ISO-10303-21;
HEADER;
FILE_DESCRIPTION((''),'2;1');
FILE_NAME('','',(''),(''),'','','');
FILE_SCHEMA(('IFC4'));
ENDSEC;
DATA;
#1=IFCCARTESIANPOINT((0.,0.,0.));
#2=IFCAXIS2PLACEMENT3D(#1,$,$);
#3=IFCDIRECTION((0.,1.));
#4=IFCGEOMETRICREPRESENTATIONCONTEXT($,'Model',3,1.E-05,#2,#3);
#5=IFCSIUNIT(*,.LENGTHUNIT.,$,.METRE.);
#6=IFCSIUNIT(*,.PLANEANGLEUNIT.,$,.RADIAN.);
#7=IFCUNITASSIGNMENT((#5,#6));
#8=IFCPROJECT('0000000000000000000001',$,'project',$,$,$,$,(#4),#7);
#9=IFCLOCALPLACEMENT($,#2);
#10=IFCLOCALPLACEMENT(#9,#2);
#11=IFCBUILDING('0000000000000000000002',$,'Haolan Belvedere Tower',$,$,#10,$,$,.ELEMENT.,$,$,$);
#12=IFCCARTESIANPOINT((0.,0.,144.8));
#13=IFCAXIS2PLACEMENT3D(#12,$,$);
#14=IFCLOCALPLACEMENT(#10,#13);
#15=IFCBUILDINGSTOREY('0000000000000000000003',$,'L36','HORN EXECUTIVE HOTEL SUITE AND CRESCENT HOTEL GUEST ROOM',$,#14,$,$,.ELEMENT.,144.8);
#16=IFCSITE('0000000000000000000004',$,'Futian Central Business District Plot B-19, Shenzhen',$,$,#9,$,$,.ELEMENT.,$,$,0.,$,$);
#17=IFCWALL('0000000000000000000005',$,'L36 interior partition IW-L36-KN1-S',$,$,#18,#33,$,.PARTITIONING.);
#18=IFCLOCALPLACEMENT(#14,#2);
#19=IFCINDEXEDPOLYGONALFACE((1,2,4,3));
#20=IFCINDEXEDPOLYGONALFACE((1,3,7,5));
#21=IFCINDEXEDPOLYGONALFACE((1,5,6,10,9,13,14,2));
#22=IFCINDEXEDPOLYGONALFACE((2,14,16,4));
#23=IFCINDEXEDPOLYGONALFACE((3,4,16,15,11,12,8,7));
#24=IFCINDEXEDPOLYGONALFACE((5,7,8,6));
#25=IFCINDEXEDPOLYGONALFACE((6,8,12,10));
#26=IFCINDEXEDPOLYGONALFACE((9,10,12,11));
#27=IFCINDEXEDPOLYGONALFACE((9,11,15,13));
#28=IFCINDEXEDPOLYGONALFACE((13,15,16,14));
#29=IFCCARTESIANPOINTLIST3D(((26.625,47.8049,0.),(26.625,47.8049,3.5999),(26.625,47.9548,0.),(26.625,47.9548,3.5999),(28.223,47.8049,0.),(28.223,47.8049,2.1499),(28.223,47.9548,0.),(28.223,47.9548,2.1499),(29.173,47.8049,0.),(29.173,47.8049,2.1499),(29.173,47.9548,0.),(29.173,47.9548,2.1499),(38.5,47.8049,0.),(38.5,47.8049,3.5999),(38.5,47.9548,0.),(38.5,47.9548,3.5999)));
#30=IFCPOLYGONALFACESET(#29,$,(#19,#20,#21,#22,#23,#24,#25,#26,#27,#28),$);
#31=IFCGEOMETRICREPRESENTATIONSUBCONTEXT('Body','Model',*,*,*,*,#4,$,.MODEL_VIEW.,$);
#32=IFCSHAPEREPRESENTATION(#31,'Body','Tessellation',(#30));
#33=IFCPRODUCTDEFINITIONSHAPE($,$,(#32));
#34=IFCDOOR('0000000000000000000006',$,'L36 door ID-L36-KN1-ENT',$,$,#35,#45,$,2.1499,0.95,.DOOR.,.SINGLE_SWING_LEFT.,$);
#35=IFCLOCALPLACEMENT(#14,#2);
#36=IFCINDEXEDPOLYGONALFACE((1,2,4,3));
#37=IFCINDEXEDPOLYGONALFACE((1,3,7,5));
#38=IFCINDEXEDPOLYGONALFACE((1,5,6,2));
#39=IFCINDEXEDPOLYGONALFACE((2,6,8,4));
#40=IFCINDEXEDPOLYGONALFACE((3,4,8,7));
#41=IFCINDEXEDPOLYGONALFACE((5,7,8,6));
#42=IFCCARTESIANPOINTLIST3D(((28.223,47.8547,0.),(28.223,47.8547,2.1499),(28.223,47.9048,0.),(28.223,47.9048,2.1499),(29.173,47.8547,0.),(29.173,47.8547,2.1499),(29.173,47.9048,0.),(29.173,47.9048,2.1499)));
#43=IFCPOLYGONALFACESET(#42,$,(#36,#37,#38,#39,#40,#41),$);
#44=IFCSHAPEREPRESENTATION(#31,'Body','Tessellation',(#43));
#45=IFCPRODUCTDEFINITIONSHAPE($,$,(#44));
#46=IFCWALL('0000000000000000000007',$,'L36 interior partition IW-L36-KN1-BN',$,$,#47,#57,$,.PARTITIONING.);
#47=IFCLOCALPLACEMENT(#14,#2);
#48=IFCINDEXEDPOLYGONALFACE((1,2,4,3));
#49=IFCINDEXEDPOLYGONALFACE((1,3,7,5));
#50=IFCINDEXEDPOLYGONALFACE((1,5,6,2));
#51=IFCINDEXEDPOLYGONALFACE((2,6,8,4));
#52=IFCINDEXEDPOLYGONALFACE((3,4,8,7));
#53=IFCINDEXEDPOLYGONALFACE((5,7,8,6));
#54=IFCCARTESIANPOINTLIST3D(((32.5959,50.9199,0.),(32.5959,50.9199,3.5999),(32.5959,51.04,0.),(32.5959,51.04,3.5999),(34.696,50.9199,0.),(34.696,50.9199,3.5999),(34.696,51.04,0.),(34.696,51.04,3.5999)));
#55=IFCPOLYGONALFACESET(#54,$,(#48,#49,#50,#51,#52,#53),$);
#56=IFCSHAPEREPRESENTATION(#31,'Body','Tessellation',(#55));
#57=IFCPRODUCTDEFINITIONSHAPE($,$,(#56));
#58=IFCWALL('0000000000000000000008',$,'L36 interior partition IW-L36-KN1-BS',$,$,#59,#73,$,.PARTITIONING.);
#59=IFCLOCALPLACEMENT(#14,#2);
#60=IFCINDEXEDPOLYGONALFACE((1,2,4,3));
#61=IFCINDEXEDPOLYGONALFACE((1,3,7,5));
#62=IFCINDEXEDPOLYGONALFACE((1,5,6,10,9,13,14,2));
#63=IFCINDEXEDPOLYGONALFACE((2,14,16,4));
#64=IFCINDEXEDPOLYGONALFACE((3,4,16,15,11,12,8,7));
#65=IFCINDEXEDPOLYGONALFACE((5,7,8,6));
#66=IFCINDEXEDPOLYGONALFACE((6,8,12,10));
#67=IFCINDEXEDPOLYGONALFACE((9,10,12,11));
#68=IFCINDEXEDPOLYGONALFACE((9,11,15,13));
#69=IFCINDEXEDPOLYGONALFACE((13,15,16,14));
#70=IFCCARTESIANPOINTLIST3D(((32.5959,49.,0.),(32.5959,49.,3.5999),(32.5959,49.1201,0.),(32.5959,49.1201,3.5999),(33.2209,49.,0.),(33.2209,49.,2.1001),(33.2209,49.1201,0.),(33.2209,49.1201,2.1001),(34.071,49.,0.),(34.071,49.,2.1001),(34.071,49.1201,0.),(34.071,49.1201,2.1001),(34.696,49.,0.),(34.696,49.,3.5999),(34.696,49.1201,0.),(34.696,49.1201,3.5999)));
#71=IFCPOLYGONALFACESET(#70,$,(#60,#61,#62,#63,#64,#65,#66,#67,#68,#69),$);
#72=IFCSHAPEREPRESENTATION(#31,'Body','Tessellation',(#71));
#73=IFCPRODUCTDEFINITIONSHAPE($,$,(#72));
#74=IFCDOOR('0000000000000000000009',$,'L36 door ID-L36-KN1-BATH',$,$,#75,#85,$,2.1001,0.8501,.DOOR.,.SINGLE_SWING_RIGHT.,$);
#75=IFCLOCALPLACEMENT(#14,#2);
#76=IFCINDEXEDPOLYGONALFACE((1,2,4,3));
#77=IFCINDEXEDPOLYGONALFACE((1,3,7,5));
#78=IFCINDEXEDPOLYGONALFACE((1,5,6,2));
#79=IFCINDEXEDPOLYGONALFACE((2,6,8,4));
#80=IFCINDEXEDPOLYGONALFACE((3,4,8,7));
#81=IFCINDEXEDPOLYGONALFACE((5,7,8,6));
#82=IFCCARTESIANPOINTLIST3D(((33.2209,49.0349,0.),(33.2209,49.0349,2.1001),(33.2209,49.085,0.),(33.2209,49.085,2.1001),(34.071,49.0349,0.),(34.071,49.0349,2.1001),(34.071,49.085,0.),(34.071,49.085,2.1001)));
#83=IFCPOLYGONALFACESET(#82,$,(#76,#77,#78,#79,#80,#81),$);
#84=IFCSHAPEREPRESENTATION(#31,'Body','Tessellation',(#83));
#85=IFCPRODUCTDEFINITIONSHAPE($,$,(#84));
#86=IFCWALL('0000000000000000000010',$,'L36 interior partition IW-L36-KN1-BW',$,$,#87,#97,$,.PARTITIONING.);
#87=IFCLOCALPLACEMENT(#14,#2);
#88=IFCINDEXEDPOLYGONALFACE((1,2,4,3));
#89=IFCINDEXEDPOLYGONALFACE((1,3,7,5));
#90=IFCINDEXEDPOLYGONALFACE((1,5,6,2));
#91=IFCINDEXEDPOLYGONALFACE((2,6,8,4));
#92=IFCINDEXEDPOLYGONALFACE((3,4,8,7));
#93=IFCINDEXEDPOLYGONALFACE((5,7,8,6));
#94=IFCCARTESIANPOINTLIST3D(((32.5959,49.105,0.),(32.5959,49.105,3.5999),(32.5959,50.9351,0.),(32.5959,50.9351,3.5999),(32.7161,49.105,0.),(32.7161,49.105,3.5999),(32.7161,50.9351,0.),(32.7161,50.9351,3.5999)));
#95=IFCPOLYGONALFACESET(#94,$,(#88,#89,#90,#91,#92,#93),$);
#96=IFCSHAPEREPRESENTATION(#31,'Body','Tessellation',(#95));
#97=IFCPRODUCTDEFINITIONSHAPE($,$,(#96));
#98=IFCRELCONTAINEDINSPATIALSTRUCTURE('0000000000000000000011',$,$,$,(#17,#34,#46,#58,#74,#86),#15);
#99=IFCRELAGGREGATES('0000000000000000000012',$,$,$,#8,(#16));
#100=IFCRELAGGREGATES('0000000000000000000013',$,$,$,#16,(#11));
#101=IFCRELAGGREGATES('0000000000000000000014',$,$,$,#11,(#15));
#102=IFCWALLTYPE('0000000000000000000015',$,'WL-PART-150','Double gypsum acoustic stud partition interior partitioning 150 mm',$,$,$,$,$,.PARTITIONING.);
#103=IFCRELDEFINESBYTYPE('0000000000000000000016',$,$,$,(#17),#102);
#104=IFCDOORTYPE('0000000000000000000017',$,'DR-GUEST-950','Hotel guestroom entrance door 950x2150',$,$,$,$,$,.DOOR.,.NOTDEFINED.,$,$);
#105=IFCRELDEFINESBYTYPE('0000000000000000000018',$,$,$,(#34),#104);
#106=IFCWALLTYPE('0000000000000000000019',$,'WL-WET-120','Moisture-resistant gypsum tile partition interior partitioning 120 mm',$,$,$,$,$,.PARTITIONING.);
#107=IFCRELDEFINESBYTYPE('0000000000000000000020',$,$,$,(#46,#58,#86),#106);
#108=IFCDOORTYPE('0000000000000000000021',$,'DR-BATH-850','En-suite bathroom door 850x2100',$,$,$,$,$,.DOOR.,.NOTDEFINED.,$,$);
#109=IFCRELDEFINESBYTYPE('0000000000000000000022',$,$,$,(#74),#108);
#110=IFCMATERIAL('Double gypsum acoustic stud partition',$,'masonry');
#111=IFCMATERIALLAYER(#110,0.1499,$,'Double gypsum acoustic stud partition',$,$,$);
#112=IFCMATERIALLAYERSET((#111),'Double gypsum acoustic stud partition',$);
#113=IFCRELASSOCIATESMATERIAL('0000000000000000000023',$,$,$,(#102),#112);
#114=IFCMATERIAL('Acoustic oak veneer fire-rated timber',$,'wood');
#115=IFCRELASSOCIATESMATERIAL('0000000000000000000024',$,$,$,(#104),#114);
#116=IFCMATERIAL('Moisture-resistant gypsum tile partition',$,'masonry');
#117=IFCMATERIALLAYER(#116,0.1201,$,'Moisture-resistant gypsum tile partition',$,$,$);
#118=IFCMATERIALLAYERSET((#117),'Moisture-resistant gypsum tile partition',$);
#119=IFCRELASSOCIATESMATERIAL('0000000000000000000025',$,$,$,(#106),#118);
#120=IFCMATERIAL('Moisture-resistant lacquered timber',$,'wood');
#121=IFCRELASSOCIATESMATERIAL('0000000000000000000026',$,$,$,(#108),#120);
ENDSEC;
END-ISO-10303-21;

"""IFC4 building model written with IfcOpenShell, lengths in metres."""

from ifc_helpers import new_model, si_unit, direction, frame, frame_2d, origin, place, context, subcontext, project, spatial, rectangle, extrude, material, layer, layer_set, type_object, element, fill, save


model = new_model("IFC4")

# Units and contexts
model_context = context("Model", 3, precision=1e-05, world=origin(), true_north=direction((0.0, 1.0)))
body_context = subcontext(model_context, "Body", "Model", "MODEL_VIEW")
ifc_project = project(units=[si_unit("LENGTHUNIT", "METRE"), si_unit("PLANEANGLEUNIT", "RADIAN")], contexts=[model_context])

# Site, building, storey
site_placement = place(None, origin())
site = spatial("IfcSite", under=ifc_project, at=site_placement, Name="Futian Central Business District Plot B-19, Shenzhen", CompositionType="ELEMENT", RefElevation=0.0)
building_placement = place(site_placement, origin())
building = spatial("IfcBuilding", under=site, at=building_placement, Name="Haolan Belvedere Tower", CompositionType="ELEMENT")
storey_placement = place(building_placement, frame((0.0, 0.0, 144.8)))
storey = spatial("IfcBuildingStorey", under=building, at=storey_placement, Name="L36", Description="HORN EXECUTIVE HOTEL SUITE AND CRESCENT HOTEL GUEST ROOM", CompositionType="ELEMENT", Elevation=144.8)

# Wall, opening, door
ifc_material_1 = material(Name="Double gypsum acoustic stud partition", Category="masonry")
ifc_layer_1 = layer(ifc_material_1, 0.1499, Name="Double gypsum acoustic stud partition")
ifc_layer_set_1 = layer_set([ifc_layer_1], Name="Double gypsum acoustic stud partition")
wall_type_1 = type_object("IfcWallType", Name="WL-PART-150", Description="Double gypsum acoustic stud partition interior partitioning 150 mm", PredefinedType="PARTITIONING", material=ifc_layer_set_1)
wall_1_placement = place(storey_placement, frame((26.625, 47.8799, 0.0), z_axis=(0.0, 0.0, 1.0), x_axis=(1.0, 0.0, 0.0)))
wall_1 = element("IfcWall", 1, at=wall_1_placement, inside=storey, type_object=wall_type_1, Name="L36 interior partition IW-L36-KN1-S", PredefinedType="PARTITIONING", context=body_context, shape_type="SweptSolid", body=[
    extrude(rectangle(XDim=11.875, YDim=0.1499, at=frame_2d((5.9375, 0.0))), origin(), (0.0, 0.0, 1.0), 3.5999),
])
opening_1_placement = place(wall_1_placement, frame((1.5979, 0.0, 0.0)))
opening_1 = element("IfcOpeningElement", 2, at=opening_1_placement, cuts=wall_1, PredefinedType="OPENING", context=body_context, shape_type="SweptSolid", body=[
    extrude(rectangle(XDim=0.95, YDim=2.1499, at=frame_2d((0.4751, 1.075))), frame((0.0, 0.085, 0.0), z_axis=(0.0, -1.0, 0.0), x_axis=(1.0, 0.0, 0.0)), (0.0, 0.0, 1.0), 0.1699),
])
ifc_material_2 = material(Name="Acoustic oak veneer fire-rated timber", Category="wood")
door_type_1 = type_object("IfcDoorType", Name="DR-GUEST-950", Description="Hotel guestroom entrance door 950x2150", OperationType="NOTDEFINED", PredefinedType="DOOR", material=ifc_material_2)
door_1_placement = place(opening_1_placement, origin())
door_1 = element("IfcDoor", 3, at=door_1_placement, inside=storey, type_object=door_type_1, Name="L36 door ID-L36-KN1-ENT", OperationType="SINGLE_SWING_LEFT", OverallHeight=2.1499, OverallWidth=0.95, PredefinedType="DOOR", context=body_context, shape_type="SweptSolid", body=[
    extrude(rectangle(XDim=0.95, YDim=2.1499, at=frame_2d((0.4751, 1.075))), frame((0.0, 0.0249, 0.0), z_axis=(0.0, -1.0, 0.0), x_axis=(1.0, 0.0, 0.0)), (0.0, 0.0, 1.0), 0.05),
])
fill(opening_1, door_1)

# Wall
ifc_material_3 = material(Name="Moisture-resistant gypsum tile partition", Category="masonry")
ifc_layer_2 = layer(ifc_material_3, 0.1201, Name="Moisture-resistant gypsum tile partition")
ifc_layer_set_2 = layer_set([ifc_layer_2], Name="Moisture-resistant gypsum tile partition")
wall_type_2 = type_object("IfcWallType", Name="WL-WET-120", Description="Moisture-resistant gypsum tile partition interior partitioning 120 mm", PredefinedType="PARTITIONING", material=ifc_layer_set_2)
wall_2_placement = place(storey_placement, frame((32.5959, 50.98, 0.0), z_axis=(0.0, 0.0, 1.0), x_axis=(1.0, 0.0, 0.0)))
element("IfcWall", 4, at=wall_2_placement, inside=storey, type_object=wall_type_2, Name="L36 interior partition IW-L36-KN1-BN", PredefinedType="PARTITIONING", context=body_context, shape_type="SweptSolid", body=[
    extrude(rectangle(XDim=2.1001, YDim=0.1201, at=frame_2d((1.05, 0.0))), origin(), (0.0, 0.0, 1.0), 3.5999),
])

# Wall, opening, door
wall_3_placement = place(storey_placement, frame((32.5959, 49.0601, 0.0), z_axis=(0.0, 0.0, 1.0), x_axis=(1.0, 0.0, 0.0)))
wall_3 = element("IfcWall", 5, at=wall_3_placement, inside=storey, type_object=wall_type_2, Name="L36 interior partition IW-L36-KN1-BS", PredefinedType="PARTITIONING", context=body_context, shape_type="SweptSolid", body=[
    extrude(rectangle(XDim=2.1001, YDim=0.1201, at=frame_2d((1.05, 0.0))), origin(), (0.0, 0.0, 1.0), 3.5999),
])
opening_2_placement = place(wall_3_placement, frame((0.625, 0.0, 0.0)))
opening_2 = element("IfcOpeningElement", 6, at=opening_2_placement, cuts=wall_3, PredefinedType="OPENING", context=body_context, shape_type="SweptSolid", body=[
    extrude(rectangle(XDim=0.8501, YDim=2.1001, at=frame_2d((0.425, 1.05))), frame((0.0, 0.0701, 0.0), z_axis=(0.0, -1.0, 0.0), x_axis=(1.0, 0.0, 0.0)), (0.0, 0.0, 1.0), 0.1401),
])
ifc_material_4 = material(Name="Moisture-resistant lacquered timber", Category="wood")
door_type_2 = type_object("IfcDoorType", Name="DR-BATH-850", Description="En-suite bathroom door 850x2100", OperationType="NOTDEFINED", PredefinedType="DOOR", material=ifc_material_4)
door_2_placement = place(opening_2_placement, origin())
door_2 = element("IfcDoor", 7, at=door_2_placement, inside=storey, type_object=door_type_2, Name="L36 door ID-L36-KN1-BATH", OperationType="SINGLE_SWING_RIGHT", OverallHeight=2.1001, OverallWidth=0.8501, PredefinedType="DOOR", context=body_context, shape_type="SweptSolid", body=[
    extrude(rectangle(XDim=0.8501, YDim=2.1001, at=frame_2d((0.425, 1.05))), frame((0.0, 0.0249, 0.0), z_axis=(0.0, -1.0, 0.0), x_axis=(1.0, 0.0, 0.0)), (0.0, 0.0, 1.0), 0.05),
])
fill(opening_2, door_2)

# Wall
wall_4_placement = place(storey_placement, frame((32.656, 49.105, 0.0), z_axis=(0.0, 0.0, 1.0), x_axis=(0.0, 1.0, 0.0)))
element("IfcWall", 8, at=wall_4_placement, inside=storey, type_object=wall_type_2, Name="L36 interior partition IW-L36-KN1-BW", PredefinedType="PARTITIONING", context=body_context, shape_type="SweptSolid", body=[
    extrude(rectangle(XDim=1.8301, YDim=0.1201, at=frame_2d((0.915, 0.0))), origin(), (0.0, 0.0, 1.0), 3.5999),
])

save(model, "model.ifc")
